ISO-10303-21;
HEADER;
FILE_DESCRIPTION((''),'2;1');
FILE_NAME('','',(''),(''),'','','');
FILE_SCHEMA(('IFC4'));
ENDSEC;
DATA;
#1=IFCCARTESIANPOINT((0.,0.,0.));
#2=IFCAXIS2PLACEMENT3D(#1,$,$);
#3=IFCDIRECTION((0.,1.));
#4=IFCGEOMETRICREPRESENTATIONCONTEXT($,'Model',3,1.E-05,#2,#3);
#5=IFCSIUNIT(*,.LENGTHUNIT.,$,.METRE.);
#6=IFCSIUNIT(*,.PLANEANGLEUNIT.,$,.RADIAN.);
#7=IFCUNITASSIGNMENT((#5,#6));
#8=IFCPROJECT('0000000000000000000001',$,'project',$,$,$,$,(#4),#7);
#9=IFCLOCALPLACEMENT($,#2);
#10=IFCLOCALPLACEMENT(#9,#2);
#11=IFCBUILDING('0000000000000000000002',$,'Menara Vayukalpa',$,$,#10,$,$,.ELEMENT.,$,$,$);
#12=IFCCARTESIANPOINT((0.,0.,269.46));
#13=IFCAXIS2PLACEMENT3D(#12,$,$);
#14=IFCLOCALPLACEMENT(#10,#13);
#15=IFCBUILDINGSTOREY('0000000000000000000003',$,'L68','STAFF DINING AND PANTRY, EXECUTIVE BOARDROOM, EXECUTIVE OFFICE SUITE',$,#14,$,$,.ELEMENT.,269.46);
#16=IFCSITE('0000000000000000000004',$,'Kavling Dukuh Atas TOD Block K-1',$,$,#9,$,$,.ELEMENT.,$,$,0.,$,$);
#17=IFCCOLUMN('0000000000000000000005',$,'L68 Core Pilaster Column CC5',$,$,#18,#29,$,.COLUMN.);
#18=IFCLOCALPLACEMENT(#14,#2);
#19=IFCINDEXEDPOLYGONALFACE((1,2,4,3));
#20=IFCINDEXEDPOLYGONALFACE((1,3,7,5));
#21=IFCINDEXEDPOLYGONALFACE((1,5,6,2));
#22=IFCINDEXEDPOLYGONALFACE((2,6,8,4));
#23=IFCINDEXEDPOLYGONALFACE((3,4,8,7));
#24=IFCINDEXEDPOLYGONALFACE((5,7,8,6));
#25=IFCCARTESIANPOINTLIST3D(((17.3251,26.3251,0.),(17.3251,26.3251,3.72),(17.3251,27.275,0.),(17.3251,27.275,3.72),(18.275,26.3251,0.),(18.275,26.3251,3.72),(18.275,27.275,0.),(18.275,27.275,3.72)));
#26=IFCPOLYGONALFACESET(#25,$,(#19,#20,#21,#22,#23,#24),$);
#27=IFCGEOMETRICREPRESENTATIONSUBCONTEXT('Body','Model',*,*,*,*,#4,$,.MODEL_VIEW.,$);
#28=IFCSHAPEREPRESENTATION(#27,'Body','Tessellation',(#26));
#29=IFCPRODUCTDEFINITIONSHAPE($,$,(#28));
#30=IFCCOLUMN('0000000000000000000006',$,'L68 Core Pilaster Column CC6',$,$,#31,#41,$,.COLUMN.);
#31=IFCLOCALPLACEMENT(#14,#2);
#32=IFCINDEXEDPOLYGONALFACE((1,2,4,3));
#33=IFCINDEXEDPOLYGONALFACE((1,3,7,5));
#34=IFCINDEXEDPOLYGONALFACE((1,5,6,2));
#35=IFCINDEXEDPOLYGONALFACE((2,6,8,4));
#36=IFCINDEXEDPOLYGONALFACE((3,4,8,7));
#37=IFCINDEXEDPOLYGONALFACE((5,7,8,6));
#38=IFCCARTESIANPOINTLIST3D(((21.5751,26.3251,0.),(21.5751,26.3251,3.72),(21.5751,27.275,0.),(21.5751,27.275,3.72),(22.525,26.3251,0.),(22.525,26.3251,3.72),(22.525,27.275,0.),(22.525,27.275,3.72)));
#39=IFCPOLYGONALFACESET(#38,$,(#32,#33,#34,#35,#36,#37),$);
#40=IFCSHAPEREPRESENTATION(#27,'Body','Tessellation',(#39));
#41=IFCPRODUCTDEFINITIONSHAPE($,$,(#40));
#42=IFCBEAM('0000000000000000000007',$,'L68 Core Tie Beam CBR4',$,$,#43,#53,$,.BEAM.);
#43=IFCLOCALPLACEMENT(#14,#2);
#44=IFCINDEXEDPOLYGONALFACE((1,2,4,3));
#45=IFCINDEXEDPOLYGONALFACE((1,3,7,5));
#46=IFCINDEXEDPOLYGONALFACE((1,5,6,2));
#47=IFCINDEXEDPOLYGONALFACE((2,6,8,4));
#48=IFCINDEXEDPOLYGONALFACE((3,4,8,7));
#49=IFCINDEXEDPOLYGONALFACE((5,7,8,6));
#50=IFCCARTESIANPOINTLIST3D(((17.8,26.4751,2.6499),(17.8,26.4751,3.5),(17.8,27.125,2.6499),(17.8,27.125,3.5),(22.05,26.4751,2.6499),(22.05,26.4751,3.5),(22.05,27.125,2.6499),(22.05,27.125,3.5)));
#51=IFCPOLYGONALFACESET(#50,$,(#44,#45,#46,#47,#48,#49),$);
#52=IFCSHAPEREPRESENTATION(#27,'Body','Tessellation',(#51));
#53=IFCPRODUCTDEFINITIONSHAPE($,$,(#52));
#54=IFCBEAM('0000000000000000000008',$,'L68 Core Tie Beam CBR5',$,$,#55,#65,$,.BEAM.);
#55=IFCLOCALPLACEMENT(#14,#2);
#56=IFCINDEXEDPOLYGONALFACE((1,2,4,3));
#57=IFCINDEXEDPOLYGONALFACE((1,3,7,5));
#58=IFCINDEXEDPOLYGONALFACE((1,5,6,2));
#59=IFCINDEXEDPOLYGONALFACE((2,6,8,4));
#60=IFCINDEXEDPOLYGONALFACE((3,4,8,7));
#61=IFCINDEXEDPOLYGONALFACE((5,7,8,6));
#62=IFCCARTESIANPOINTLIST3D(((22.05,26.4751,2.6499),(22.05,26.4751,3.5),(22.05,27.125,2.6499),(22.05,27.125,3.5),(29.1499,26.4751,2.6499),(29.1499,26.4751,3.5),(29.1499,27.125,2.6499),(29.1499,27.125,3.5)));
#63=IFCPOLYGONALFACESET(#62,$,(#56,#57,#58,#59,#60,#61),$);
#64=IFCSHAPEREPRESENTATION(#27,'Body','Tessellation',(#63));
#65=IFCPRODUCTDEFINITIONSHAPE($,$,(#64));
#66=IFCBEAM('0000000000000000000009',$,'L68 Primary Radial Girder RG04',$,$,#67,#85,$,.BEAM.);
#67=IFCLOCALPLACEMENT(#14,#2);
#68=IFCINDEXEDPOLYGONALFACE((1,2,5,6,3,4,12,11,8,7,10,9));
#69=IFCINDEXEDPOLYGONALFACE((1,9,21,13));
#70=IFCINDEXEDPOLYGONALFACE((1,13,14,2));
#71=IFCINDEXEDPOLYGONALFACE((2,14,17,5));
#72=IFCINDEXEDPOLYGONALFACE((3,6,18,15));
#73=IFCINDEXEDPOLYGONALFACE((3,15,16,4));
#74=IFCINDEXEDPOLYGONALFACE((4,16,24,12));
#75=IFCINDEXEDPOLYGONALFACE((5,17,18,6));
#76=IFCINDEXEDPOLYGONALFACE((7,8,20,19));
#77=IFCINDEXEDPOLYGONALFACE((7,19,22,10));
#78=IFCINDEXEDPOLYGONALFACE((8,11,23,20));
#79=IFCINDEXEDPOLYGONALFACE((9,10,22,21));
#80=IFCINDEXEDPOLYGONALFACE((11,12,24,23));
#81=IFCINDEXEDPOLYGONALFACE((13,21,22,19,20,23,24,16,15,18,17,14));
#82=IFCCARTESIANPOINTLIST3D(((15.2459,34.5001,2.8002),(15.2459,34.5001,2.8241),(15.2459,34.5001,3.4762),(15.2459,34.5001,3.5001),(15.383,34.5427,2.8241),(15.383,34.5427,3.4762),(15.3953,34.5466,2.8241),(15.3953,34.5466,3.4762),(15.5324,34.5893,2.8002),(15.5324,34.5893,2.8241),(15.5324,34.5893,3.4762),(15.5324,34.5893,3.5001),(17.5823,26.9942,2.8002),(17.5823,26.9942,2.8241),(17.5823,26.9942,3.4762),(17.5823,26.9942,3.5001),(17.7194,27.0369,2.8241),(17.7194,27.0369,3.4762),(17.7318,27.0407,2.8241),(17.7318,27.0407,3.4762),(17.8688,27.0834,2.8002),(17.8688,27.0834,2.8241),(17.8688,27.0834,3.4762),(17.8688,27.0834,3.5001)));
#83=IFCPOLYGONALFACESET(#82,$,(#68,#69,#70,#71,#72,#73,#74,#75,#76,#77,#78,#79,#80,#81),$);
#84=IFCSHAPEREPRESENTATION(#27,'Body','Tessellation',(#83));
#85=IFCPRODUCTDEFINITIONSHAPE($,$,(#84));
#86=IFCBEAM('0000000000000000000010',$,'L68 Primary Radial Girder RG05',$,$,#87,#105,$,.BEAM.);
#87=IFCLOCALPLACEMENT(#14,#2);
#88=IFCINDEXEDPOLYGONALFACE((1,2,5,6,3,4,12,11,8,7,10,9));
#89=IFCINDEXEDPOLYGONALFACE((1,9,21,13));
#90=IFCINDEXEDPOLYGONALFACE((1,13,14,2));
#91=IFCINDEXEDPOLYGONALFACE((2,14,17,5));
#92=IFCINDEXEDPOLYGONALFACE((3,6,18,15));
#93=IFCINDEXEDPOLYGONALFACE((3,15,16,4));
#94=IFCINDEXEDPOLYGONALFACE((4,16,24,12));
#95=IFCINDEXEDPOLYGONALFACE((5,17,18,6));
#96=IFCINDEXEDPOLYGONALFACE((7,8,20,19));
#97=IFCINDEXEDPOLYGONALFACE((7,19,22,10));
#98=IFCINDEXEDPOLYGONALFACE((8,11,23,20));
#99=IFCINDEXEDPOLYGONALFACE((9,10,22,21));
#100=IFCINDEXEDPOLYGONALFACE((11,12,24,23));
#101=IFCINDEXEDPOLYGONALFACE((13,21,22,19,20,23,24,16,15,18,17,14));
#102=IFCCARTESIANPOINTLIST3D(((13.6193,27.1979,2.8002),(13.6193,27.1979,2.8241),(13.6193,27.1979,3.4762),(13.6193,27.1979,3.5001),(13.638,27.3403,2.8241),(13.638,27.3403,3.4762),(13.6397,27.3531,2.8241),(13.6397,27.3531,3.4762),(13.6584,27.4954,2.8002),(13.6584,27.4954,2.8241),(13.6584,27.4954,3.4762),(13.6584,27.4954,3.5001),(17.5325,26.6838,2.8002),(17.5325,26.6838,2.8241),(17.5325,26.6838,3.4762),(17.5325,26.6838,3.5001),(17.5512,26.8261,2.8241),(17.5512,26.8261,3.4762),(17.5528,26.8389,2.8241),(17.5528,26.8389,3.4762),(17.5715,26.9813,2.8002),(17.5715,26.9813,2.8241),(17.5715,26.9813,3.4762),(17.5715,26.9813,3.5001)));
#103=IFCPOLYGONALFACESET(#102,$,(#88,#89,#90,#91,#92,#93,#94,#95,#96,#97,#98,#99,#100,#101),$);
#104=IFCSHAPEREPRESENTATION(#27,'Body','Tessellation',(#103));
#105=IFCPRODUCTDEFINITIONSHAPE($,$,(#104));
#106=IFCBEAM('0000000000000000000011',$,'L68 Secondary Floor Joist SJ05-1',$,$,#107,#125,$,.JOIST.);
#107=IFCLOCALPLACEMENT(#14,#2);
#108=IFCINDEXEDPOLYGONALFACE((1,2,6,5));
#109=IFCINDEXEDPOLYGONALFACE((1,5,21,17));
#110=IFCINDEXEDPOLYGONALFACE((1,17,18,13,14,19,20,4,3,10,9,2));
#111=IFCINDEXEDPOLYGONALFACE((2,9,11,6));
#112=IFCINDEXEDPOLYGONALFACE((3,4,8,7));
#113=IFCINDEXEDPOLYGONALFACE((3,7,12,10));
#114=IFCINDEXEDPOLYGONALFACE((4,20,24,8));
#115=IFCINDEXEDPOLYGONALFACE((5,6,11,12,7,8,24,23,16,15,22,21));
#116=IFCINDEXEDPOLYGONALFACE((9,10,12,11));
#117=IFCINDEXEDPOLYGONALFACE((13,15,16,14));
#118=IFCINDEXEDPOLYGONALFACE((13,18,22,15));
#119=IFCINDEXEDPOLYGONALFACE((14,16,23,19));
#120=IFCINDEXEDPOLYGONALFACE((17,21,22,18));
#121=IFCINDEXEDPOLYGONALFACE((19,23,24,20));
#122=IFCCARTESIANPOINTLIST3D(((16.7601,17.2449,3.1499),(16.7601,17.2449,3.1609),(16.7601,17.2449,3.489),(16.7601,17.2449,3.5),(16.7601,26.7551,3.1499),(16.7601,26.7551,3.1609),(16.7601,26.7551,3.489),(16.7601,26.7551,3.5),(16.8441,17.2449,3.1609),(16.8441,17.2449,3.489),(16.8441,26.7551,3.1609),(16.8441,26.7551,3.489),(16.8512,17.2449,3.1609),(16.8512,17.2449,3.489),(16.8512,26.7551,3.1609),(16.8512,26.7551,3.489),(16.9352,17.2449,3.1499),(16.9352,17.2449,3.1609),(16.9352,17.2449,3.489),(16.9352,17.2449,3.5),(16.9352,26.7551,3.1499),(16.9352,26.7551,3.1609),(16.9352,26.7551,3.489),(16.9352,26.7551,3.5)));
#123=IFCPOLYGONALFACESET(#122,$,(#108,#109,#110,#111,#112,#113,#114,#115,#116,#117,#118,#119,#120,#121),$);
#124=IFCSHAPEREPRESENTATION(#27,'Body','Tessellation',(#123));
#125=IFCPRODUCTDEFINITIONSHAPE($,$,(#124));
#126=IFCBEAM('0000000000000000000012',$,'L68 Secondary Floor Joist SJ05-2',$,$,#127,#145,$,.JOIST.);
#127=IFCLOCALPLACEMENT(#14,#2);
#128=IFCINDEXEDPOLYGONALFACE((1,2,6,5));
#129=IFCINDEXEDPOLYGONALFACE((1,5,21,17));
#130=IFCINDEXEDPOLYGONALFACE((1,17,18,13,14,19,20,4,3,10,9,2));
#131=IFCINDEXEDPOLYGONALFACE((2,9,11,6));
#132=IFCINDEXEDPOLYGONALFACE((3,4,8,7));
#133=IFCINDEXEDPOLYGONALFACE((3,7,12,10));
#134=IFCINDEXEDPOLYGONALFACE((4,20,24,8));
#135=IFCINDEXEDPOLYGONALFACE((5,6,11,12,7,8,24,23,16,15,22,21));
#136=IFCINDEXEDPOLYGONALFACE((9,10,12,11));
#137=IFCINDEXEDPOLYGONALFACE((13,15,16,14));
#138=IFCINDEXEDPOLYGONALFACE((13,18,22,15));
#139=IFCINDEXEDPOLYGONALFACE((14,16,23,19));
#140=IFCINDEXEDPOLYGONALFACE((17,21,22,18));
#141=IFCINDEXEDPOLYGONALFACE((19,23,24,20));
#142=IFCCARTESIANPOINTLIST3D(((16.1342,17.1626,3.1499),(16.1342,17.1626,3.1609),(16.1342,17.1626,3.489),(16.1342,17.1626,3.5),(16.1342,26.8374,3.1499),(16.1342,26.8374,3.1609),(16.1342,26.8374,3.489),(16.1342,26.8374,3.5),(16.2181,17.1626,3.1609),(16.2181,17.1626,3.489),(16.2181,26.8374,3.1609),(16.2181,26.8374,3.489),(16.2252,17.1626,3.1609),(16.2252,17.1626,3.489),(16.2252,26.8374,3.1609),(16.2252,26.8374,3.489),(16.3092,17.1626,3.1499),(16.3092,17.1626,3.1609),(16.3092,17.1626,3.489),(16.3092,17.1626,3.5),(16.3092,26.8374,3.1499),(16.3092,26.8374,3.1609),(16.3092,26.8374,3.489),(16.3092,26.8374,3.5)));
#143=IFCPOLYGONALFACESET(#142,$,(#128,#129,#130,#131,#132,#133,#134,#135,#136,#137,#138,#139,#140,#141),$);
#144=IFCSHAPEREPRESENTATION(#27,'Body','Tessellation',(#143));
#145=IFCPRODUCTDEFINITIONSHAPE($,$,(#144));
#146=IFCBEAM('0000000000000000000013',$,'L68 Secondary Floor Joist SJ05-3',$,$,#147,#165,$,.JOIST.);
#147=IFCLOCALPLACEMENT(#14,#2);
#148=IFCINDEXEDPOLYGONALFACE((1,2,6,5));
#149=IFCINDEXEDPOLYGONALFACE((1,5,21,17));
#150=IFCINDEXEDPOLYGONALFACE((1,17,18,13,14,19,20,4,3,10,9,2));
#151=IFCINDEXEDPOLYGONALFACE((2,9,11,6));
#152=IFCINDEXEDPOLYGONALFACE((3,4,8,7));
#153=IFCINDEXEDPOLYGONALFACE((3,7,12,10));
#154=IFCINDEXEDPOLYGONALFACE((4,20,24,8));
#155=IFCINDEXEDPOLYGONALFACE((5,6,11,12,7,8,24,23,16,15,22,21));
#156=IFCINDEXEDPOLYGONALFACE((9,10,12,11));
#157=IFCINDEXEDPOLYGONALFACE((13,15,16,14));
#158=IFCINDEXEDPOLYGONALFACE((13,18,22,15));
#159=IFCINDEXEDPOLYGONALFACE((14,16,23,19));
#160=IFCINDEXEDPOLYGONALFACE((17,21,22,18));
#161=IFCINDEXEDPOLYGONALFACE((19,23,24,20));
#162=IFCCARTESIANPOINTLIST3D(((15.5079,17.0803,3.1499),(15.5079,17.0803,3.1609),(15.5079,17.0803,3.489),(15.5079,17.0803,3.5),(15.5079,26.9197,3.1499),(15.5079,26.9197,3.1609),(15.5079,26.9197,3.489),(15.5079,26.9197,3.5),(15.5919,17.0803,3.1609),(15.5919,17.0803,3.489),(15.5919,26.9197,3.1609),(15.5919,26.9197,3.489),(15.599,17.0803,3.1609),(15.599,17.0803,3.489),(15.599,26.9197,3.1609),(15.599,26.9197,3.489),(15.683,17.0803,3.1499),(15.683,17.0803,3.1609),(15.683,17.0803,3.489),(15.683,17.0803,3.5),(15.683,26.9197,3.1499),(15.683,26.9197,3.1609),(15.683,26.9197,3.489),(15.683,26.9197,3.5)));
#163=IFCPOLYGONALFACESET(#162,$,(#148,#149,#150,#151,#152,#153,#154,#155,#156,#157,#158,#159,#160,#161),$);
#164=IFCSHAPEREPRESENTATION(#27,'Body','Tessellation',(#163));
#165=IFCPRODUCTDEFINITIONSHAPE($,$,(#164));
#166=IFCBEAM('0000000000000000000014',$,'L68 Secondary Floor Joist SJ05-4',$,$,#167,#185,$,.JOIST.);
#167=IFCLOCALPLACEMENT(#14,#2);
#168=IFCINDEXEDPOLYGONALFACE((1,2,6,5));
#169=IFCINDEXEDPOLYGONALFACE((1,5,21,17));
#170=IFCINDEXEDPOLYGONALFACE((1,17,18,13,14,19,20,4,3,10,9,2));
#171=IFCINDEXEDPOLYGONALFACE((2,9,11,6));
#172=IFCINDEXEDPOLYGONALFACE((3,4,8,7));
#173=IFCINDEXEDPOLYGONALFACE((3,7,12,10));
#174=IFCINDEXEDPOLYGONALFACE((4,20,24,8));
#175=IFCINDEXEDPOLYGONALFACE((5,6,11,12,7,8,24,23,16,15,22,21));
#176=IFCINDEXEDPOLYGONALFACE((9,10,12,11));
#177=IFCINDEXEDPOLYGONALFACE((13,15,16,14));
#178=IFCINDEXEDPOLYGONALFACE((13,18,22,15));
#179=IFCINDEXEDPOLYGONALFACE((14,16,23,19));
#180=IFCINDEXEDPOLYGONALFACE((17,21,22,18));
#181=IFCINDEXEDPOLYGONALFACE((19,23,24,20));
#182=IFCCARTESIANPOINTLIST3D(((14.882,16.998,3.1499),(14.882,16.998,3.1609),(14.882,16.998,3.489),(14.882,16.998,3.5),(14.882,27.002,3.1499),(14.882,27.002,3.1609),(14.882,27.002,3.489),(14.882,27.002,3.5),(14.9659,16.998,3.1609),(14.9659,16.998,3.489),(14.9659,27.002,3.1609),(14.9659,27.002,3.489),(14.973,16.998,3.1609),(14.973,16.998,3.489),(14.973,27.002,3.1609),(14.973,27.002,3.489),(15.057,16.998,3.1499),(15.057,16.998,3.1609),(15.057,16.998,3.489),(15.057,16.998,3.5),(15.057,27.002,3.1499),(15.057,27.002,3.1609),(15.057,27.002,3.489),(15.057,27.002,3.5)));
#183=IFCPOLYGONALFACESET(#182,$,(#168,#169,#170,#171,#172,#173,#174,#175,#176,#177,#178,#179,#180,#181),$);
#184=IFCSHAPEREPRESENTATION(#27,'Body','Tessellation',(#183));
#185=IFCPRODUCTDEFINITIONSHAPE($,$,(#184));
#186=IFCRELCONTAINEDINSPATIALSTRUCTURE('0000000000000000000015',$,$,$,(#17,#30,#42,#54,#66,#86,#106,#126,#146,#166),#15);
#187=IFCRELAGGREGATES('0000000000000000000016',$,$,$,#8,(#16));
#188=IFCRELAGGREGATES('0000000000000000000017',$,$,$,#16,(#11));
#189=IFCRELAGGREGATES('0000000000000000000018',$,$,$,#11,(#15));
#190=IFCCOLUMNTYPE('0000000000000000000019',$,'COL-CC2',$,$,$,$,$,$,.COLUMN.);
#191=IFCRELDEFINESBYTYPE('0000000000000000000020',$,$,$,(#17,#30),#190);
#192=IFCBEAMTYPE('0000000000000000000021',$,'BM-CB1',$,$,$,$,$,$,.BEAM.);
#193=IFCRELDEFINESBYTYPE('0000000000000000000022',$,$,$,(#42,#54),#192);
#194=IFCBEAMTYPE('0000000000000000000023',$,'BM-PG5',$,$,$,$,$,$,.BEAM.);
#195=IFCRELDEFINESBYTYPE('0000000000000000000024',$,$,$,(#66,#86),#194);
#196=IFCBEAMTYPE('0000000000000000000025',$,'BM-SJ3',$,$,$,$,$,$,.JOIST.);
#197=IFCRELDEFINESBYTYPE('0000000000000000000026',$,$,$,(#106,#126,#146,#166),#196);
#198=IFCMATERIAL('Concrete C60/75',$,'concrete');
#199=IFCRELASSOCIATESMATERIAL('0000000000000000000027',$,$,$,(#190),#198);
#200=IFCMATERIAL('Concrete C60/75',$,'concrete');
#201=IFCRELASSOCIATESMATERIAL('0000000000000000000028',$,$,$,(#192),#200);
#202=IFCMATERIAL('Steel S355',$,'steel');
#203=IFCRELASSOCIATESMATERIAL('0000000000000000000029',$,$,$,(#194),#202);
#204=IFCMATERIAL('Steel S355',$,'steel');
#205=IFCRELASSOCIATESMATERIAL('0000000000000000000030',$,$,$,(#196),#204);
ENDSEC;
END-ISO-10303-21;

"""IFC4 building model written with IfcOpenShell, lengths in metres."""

from ifc_helpers import new_model, si_unit, direction, frame, origin, origin_2d, place, context, subcontext, project, spatial, rectangle, i_section, extrude, material, material_profile, profile_set, type_object, element, save


model = new_model("IFC4")

# Units and contexts
model_context = context("Model", 3, precision=1e-05, world=origin(), true_north=direction((0.0, 1.0)))
body_context = subcontext(model_context, "Body", "Model", "MODEL_VIEW")
ifc_project = project(units=[si_unit("LENGTHUNIT", "METRE"), si_unit("PLANEANGLEUNIT", "RADIAN")], contexts=[model_context])

# Site, building, storey
site_placement = place(None, origin())
site = spatial("IfcSite", under=ifc_project, at=site_placement, Name="Kavling Dukuh Atas TOD Block K-1", CompositionType="ELEMENT", RefElevation=0.0)
building_placement = place(site_placement, origin())
building = spatial("IfcBuilding", under=site, at=building_placement, Name="Menara Vayukalpa", CompositionType="ELEMENT")
storey_placement = place(building_placement, frame((0.0, 0.0, 269.46)))
storey = spatial("IfcBuildingStorey", under=building, at=storey_placement, Name="L68", Description="STAFF DINING AND PANTRY, EXECUTIVE BOARDROOM, EXECUTIVE OFFICE SUITE", CompositionType="ELEMENT", Elevation=269.46)

# Columns
ifc_material_1 = material(Name="Concrete C60/75", Category="concrete")
ifc_material_profile_1 = material_profile(ifc_material_1, rectangle(XDim=0.95, YDim=0.95, at=origin_2d()), Name="RC 950x950")
ifc_profile_set_1 = profile_set([ifc_material_profile_1], Name="Concrete C60/75")
column_type = type_object("IfcColumnType", Name="COL-CC2", PredefinedType="COLUMN", material=ifc_profile_set_1)
for number, where, z_axis, x_axis, name in (
    (1, (17.8, 26.8, 0.0), (0.0, 0.0, 1.0), (1.0, 0.0, 0.0), "L68 Core Pilaster Column CC5"),
    (2, (22.05, 26.8, 0.0), (0.0, 0.0, 1.0), (1.0, 0.0, 0.0), "L68 Core Pilaster Column CC6"),
):
    element("IfcColumn", number, at=place(storey_placement, frame(where, z_axis=z_axis, x_axis=x_axis)), inside=storey, type_object=column_type, Name=name, PredefinedType="COLUMN", context=body_context, shape_type="SweptSolid", body=[
        extrude(rectangle(XDim=0.95, YDim=0.95, at=origin_2d()), origin(), (0.0, 0.0, 1.0), 3.72),
    ])

# Beams
ifc_material_2 = material(Name="Concrete C60/75", Category="concrete")
ifc_material_profile_2 = material_profile(ifc_material_2, rectangle(XDim=0.6499, YDim=0.8501, at=origin_2d()), Name="RC 650x850")
ifc_profile_set_2 = profile_set([ifc_material_profile_2], Name="Concrete C60/75")
beam_type_1 = type_object("IfcBeamType", Name="BM-CB1", PredefinedType="BEAM", material=ifc_profile_set_2)
beam_1_placement = place(storey_placement, frame((17.8, 26.8, 3.075), z_axis=(1.0, 0.0, 0.0), x_axis=(0.0, 1.0, 0.0)))
element("IfcBeam", 3, at=beam_1_placement, inside=storey, type_object=beam_type_1, Name="L68 Core Tie Beam CBR4", PredefinedType="BEAM", context=body_context, shape_type="SweptSolid", body=[
    extrude(rectangle(XDim=0.6499, YDim=0.8501, at=origin_2d()), origin(), (0.0, 0.0, 1.0), 4.25),
])
beam_2_placement = place(storey_placement, frame((22.05, 26.8, 3.075), z_axis=(1.0, 0.0, 0.0), x_axis=(0.0, 1.0, 0.0)))
element("IfcBeam", 4, at=beam_2_placement, inside=storey, type_object=beam_type_1, Name="L68 Core Tie Beam CBR5", PredefinedType="BEAM", context=body_context, shape_type="SweptSolid", body=[
    extrude(rectangle(XDim=0.6499, YDim=0.8501, at=origin_2d()), origin(), (0.0, 0.0, 1.0), 7.0999),
])
ifc_material_3 = material(Name="Steel S355", Category="steel")
ifc_material_profile_3 = material_profile(ifc_material_3, i_section(OverallWidth=0.3, OverallDepth=0.7, WebThickness=0.0129, FlangeThickness=0.0239, at=origin_2d()), Name="WF 700x300x13x24")
ifc_profile_set_3 = profile_set([ifc_material_profile_3], Name="Steel S355")
beam_type_2 = type_object("IfcBeamType", Name="BM-PG5", PredefinedType="BEAM", material=ifc_profile_set_3)
beam_3_placement = place(storey_placement, frame((17.7256, 27.0388, 3.1501), z_axis=(-0.297214, 0.954811, 0.0), x_axis=(-0.954811, -0.297214, 0.0)))
element("IfcBeam", 5, at=beam_3_placement, inside=storey, type_object=beam_type_2, Name="L68 Primary Radial Girder RG04", PredefinedType="BEAM", context=body_context, shape_type="SweptSolid", body=[
    extrude(i_section(OverallWidth=0.3, OverallDepth=0.7, WebThickness=0.0129, FlangeThickness=0.0239, at=origin_2d()), origin(), (0.0, 0.0, 1.0), 7.8611),
])
beam_4_placement = place(storey_placement, frame((17.552, 26.8325, 3.1501), z_axis=(-0.991478, 0.130275, 0.0), x_axis=(-0.130275, -0.991478, 0.0)))
element("IfcBeam", 6, at=beam_4_placement, inside=storey, type_object=beam_type_2, Name="L68 Primary Radial Girder RG05", PredefinedType="BEAM", context=body_context, shape_type="SweptSolid", body=[
    extrude(i_section(OverallWidth=0.3, OverallDepth=0.7, WebThickness=0.0129, FlangeThickness=0.0239, at=origin_2d()), origin(), (0.0, 0.0, 1.0), 3.9468),
])
ifc_material_4 = material(Name="Steel S355", Category="steel")
ifc_material_profile_4 = material_profile(ifc_material_4, i_section(OverallWidth=0.175, OverallDepth=0.3501, WebThickness=0.0071, FlangeThickness=0.011, at=origin_2d()), Name="WF 350x175x7x11")
ifc_profile_set_4 = profile_set([ifc_material_profile_4], Name="Steel S355")
beam_type_3 = type_object("IfcBeamType", Name="BM-SJ3", PredefinedType="JOIST", material=ifc_profile_set_4)
beam_5_placement = place(storey_placement, frame((16.8477, 26.7551, 3.325), z_axis=(0.0, -1.0, 0.0), x_axis=(1.0, 0.0, 0.0)))
element("IfcBeam", 7, at=beam_5_placement, inside=storey, type_object=beam_type_3, Name="L68 Secondary Floor Joist SJ05-1", PredefinedType="JOIST", context=body_context, shape_type="SweptSolid", body=[
    extrude(i_section(OverallWidth=0.175, OverallDepth=0.3501, WebThickness=0.0071, FlangeThickness=0.011, at=origin_2d()), origin(), (0.0, 0.0, 1.0), 9.5103),
])
beam_6_placement = place(storey_placement, frame((16.2217, 26.8374, 3.325), z_axis=(0.0, -1.0, 0.0), x_axis=(1.0, 0.0, 0.0)))
element("IfcBeam", 8, at=beam_6_placement, inside=storey, type_object=beam_type_3, Name="L68 Secondary Floor Joist SJ05-2", PredefinedType="JOIST", context=body_context, shape_type="SweptSolid", body=[
    extrude(i_section(OverallWidth=0.175, OverallDepth=0.3501, WebThickness=0.0071, FlangeThickness=0.011, at=origin_2d()), origin(), (0.0, 0.0, 1.0), 9.6748),
])
beam_7_placement = place(storey_placement, frame((15.5955, 26.9197, 3.325), z_axis=(0.0, -1.0, 0.0), x_axis=(1.0, 0.0, 0.0)))
element("IfcBeam", 9, at=beam_7_placement, inside=storey, type_object=beam_type_3, Name="L68 Secondary Floor Joist SJ05-3", PredefinedType="JOIST", context=body_context, shape_type="SweptSolid", body=[
    extrude(i_section(OverallWidth=0.175, OverallDepth=0.3501, WebThickness=0.0071, FlangeThickness=0.011, at=origin_2d()), origin(), (0.0, 0.0, 1.0), 9.8394),
])
beam_8_placement = place(storey_placement, frame((14.9695, 27.002, 3.325), z_axis=(0.0, -1.0, 0.0), x_axis=(1.0, 0.0, 0.0)))
element("IfcBeam", 10, at=beam_8_placement, inside=storey, type_object=beam_type_3, Name="L68 Secondary Floor Joist SJ05-4", PredefinedType="JOIST", context=body_context, shape_type="SweptSolid", body=[
    extrude(i_section(OverallWidth=0.175, OverallDepth=0.3501, WebThickness=0.0071, FlangeThickness=0.011, at=origin_2d()), origin(), (0.0, 0.0, 1.0), 10.0039),
])

save(model, "model.ifc")
